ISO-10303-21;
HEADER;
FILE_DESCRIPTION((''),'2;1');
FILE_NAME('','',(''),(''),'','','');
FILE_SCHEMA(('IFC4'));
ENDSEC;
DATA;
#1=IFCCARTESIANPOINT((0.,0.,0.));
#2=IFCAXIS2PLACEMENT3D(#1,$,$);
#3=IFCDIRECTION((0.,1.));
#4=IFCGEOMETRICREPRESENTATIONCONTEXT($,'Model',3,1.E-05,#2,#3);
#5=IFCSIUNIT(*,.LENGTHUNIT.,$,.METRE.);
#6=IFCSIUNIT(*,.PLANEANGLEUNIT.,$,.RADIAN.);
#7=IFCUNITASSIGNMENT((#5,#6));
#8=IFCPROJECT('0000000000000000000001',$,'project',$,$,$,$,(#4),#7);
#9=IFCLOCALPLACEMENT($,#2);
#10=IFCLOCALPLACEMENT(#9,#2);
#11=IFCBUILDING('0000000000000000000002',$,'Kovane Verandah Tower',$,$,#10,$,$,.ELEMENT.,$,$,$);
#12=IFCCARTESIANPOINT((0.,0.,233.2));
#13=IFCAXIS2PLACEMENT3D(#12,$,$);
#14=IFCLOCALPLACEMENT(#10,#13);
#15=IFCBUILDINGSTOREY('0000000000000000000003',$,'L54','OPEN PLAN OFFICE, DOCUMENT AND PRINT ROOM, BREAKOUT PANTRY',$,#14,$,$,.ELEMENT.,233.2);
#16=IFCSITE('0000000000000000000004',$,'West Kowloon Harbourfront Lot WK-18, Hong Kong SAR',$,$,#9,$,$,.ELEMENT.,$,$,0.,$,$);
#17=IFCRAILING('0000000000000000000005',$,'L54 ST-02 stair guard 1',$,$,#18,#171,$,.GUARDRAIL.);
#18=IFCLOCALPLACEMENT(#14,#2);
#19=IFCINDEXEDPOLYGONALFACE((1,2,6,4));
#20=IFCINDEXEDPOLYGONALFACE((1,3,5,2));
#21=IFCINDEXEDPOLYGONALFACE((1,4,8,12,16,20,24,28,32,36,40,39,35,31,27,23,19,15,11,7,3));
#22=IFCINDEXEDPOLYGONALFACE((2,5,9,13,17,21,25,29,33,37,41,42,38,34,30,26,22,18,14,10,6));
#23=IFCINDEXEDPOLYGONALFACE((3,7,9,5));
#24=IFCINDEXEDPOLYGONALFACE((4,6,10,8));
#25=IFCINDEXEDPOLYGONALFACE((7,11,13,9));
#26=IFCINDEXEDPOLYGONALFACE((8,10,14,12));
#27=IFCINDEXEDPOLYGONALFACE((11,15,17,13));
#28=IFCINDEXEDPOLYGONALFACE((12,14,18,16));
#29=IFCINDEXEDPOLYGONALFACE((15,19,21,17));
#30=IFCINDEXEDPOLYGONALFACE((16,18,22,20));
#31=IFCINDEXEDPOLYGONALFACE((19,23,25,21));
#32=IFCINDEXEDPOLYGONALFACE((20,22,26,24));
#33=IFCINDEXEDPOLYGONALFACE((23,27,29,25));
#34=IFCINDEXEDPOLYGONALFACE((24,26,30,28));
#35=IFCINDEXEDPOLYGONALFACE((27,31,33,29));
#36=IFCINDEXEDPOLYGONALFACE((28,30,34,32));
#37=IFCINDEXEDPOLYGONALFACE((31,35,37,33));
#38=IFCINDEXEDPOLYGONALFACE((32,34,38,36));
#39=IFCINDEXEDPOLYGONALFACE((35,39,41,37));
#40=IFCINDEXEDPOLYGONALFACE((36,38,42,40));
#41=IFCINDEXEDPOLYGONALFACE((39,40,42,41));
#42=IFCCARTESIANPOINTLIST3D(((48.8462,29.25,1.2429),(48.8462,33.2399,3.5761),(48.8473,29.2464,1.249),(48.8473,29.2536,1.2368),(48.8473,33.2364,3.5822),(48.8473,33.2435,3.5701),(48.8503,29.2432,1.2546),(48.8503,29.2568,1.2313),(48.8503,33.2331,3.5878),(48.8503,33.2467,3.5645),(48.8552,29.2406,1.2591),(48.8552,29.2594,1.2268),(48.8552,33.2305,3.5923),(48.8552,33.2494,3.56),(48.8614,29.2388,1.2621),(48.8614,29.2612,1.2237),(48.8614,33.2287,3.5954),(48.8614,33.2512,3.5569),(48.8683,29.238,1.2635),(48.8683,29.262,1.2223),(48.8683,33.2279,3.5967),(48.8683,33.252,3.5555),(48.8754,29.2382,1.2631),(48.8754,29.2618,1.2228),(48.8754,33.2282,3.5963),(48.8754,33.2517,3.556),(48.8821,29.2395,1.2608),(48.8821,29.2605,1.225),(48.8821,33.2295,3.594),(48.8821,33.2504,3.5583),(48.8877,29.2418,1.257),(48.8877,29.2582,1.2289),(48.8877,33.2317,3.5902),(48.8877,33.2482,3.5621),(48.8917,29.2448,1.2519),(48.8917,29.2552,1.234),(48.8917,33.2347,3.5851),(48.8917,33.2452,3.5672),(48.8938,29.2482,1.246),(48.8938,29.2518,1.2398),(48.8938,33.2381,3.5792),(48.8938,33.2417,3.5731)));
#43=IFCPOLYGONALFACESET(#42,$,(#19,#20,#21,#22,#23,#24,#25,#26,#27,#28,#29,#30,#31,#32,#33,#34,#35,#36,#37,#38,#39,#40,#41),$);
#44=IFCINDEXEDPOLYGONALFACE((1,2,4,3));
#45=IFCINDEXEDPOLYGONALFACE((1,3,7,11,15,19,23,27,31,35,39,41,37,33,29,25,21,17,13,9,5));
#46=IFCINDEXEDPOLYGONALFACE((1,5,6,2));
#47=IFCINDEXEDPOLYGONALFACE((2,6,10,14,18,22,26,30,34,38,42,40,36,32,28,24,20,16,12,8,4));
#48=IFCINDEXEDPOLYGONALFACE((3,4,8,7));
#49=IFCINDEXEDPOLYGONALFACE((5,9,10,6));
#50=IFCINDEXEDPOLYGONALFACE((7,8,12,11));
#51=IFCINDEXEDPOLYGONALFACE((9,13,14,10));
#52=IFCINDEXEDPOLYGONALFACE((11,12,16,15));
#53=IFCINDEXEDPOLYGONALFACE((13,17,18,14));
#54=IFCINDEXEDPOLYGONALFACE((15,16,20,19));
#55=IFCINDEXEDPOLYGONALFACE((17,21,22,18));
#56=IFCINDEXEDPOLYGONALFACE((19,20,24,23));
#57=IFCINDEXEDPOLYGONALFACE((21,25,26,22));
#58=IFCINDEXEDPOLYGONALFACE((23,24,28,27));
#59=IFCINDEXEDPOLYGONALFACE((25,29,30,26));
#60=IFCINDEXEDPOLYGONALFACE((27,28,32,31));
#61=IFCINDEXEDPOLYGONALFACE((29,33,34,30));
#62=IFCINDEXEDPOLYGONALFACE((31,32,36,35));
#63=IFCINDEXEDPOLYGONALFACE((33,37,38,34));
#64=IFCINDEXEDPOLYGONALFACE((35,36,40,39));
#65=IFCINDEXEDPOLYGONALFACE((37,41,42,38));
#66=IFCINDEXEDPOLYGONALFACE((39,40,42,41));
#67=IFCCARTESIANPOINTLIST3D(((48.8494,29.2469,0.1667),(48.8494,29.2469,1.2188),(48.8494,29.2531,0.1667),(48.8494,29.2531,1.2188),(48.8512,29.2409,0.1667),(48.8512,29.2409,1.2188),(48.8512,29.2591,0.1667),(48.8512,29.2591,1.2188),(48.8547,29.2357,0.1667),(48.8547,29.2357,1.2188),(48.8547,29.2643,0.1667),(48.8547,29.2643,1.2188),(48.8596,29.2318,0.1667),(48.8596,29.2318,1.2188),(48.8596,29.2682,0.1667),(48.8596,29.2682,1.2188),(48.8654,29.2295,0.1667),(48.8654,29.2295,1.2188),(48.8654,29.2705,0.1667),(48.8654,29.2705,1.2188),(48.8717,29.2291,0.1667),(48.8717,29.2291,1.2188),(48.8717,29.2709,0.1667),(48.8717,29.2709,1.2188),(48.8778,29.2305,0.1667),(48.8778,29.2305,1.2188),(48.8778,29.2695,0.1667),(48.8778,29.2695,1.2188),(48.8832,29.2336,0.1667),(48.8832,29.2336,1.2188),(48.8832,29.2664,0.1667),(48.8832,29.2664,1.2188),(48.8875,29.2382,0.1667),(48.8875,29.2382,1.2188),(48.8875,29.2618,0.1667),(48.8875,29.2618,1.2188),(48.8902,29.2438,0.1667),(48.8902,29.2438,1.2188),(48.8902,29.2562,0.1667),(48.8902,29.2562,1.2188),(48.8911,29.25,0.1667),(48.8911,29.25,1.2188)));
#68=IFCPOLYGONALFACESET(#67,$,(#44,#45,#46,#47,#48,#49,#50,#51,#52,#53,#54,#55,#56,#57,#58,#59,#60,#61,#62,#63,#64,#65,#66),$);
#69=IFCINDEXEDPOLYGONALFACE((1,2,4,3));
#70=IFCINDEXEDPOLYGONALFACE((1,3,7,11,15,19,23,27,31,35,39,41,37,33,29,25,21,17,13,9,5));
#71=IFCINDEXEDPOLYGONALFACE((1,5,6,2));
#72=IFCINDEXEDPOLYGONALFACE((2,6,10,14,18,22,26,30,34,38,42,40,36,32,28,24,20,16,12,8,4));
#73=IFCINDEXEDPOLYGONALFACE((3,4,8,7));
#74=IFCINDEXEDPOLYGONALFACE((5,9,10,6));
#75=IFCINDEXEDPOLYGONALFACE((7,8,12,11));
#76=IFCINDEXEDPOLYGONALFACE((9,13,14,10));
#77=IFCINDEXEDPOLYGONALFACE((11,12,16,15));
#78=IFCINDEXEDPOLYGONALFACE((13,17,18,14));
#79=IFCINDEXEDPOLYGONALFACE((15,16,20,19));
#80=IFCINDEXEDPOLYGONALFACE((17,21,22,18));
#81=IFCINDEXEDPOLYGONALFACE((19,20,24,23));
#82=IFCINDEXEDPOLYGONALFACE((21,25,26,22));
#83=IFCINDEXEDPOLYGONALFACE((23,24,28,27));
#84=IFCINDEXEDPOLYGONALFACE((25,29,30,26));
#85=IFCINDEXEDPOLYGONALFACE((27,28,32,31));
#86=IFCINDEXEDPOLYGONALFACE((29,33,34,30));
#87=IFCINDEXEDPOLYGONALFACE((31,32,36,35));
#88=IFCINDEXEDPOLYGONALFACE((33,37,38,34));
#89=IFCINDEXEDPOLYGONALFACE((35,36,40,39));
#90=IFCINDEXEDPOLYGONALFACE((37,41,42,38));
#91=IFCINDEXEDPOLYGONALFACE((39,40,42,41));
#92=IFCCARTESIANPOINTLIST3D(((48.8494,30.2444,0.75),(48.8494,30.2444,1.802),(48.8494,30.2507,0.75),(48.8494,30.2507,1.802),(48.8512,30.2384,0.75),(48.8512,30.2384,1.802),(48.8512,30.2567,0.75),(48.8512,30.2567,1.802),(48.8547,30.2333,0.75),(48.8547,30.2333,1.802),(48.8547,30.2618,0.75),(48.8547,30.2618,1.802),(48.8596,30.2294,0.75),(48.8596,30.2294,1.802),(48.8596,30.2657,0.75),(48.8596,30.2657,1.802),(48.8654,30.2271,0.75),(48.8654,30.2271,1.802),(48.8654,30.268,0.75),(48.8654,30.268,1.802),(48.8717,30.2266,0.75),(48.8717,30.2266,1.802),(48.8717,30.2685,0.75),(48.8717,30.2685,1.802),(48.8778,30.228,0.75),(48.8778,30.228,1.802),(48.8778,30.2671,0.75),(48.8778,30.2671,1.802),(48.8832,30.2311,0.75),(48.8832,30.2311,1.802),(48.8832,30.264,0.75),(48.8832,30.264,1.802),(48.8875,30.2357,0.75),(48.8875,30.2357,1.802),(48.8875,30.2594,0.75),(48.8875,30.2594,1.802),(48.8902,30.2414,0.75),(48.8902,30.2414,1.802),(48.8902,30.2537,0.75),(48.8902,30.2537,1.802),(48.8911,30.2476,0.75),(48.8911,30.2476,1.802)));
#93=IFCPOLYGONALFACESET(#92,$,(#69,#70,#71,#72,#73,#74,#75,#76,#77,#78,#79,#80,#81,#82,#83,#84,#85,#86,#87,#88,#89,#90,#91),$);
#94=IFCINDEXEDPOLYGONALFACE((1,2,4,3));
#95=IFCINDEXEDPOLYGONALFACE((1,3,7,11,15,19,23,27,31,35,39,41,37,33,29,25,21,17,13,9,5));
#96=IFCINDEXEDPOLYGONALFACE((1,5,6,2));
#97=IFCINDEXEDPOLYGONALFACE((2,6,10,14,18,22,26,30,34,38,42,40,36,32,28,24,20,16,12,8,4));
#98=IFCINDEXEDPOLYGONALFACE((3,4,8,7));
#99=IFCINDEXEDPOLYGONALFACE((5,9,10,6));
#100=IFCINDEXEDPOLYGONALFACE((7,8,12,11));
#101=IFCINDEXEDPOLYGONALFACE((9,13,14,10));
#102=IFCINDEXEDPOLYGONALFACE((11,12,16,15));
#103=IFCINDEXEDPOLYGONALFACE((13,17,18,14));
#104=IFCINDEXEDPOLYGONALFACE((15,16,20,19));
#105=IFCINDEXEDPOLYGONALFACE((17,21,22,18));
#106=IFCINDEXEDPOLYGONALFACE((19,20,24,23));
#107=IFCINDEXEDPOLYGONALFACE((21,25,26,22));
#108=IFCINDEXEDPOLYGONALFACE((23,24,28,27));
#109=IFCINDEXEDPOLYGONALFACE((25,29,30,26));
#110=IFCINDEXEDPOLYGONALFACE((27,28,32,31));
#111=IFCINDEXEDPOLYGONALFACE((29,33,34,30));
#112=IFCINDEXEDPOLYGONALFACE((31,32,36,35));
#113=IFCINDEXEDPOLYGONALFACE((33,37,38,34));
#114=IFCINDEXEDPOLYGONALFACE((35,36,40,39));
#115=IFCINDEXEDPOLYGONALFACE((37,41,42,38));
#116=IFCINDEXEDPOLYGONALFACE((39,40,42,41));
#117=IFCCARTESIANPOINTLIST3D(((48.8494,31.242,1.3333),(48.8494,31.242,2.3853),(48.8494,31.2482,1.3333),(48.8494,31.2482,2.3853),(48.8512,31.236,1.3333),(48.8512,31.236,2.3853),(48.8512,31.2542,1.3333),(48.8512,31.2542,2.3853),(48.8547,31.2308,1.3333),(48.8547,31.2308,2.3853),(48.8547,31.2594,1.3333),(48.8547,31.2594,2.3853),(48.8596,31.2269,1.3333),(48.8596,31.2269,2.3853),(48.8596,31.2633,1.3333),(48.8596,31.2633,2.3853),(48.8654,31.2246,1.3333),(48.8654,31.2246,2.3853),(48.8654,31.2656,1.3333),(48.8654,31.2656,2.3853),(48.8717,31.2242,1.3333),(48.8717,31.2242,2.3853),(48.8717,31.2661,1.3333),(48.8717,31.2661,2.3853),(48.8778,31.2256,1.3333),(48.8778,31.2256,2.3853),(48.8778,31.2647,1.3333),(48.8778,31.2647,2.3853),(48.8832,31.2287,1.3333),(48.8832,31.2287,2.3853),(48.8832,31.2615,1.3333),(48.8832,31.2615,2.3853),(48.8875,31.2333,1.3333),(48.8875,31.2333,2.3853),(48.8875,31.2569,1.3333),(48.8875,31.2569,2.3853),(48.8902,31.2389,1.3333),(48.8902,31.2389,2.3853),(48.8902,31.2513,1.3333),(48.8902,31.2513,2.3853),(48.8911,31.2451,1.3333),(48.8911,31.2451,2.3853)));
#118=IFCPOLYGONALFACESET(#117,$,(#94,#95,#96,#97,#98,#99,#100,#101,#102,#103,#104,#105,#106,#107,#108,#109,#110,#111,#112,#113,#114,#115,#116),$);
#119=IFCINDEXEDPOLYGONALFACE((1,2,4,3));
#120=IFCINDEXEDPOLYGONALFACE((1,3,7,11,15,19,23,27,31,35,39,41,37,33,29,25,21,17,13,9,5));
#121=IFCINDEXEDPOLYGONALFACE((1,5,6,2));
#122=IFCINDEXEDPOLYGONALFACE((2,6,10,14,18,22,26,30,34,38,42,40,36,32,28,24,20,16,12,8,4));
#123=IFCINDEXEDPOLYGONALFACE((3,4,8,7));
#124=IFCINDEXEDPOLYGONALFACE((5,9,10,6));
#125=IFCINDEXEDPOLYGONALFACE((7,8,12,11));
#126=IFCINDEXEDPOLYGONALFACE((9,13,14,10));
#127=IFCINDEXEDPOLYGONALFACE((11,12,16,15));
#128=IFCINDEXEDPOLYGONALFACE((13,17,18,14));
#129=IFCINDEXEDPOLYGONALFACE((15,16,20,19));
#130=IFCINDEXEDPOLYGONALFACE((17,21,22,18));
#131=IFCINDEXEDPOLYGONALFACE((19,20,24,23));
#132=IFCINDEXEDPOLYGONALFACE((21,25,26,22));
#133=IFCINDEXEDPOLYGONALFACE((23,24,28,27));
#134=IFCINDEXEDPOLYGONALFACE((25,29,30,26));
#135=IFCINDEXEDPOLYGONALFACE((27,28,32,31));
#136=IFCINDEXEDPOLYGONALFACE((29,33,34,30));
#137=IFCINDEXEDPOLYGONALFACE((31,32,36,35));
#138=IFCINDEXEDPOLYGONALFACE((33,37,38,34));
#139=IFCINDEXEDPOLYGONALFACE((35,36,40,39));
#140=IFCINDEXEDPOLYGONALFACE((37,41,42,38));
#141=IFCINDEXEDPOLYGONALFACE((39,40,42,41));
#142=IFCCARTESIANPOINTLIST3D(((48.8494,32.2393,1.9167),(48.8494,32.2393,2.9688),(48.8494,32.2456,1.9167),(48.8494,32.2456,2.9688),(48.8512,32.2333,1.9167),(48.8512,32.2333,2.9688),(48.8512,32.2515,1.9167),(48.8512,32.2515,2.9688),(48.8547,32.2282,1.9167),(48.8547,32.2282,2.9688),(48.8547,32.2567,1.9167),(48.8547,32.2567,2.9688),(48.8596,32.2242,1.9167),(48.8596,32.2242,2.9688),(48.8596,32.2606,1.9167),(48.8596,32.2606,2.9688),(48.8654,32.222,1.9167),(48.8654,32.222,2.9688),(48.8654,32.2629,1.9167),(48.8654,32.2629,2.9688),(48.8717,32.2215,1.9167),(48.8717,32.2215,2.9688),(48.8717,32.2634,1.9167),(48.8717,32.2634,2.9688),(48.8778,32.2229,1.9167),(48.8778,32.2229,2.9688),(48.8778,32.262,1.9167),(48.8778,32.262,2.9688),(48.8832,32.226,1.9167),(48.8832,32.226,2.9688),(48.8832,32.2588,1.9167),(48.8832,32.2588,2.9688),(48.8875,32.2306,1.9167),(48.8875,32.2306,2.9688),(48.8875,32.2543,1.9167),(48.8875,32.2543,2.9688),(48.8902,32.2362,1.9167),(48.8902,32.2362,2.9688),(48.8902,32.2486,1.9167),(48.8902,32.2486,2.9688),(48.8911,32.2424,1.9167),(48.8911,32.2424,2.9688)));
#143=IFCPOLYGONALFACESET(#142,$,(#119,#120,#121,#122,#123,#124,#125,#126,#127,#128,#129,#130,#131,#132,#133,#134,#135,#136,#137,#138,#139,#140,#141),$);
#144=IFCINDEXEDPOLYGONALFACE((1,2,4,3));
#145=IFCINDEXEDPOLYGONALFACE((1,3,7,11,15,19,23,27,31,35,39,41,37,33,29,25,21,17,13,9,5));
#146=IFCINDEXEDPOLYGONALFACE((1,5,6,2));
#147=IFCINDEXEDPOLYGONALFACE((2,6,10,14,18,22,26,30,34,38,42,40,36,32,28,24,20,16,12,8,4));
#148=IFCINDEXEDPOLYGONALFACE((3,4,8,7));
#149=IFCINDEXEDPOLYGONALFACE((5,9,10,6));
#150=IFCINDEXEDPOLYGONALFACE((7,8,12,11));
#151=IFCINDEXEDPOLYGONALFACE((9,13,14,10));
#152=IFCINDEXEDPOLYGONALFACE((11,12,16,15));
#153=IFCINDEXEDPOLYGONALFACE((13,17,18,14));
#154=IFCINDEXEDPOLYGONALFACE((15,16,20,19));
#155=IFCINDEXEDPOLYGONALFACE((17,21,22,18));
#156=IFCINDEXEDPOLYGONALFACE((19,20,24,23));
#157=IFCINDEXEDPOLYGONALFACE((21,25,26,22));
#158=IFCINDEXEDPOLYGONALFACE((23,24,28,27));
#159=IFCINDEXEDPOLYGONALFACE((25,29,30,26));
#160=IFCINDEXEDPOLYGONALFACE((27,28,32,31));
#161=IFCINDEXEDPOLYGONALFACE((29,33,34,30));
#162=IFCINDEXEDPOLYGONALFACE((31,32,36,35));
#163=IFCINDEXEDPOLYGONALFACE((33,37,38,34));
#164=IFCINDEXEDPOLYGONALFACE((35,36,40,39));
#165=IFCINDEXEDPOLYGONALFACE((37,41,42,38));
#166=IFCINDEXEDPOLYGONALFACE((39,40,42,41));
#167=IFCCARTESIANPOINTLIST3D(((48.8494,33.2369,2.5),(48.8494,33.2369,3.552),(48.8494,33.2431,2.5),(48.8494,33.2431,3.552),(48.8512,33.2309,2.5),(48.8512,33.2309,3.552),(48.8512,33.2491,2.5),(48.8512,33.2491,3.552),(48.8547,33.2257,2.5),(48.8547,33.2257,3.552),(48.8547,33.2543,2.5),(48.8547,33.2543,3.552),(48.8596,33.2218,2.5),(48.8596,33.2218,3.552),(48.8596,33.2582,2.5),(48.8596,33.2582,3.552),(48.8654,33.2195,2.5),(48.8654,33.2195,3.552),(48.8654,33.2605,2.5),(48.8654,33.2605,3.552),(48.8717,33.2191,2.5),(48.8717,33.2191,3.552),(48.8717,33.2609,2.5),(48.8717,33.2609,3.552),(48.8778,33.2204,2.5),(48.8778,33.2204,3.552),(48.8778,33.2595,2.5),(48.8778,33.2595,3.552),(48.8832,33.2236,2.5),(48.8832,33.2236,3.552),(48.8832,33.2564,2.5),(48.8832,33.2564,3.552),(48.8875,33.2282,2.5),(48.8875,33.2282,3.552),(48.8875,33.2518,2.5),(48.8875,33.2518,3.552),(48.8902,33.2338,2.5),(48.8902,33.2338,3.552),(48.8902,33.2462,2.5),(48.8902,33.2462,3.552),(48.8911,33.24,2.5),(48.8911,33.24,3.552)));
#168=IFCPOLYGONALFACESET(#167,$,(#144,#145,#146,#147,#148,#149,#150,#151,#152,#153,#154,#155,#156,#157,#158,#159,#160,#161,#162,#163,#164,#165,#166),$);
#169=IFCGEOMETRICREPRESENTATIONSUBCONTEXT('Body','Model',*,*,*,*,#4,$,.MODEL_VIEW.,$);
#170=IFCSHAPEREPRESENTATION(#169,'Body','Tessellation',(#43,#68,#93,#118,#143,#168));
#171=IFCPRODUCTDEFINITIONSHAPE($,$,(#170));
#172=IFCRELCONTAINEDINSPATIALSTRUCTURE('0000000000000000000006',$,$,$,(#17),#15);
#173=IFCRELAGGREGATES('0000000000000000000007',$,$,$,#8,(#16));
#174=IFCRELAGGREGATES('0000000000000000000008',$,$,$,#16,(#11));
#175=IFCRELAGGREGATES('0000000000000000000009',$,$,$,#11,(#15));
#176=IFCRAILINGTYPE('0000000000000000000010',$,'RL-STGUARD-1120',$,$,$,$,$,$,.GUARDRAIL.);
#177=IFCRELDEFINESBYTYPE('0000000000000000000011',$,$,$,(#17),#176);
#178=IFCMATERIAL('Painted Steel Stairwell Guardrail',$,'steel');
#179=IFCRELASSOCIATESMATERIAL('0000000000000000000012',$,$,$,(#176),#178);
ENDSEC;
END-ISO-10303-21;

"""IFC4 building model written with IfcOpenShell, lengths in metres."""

from ifc_helpers import new_model, si_unit, direction, frame, origin, origin_2d, place, context, subcontext, project, spatial, circle, extrude, material, type_object, element, save


model = new_model("IFC4")

# Units and contexts
model_context = context("Model", 3, precision=1e-05, world=origin(), true_north=direction((0.0, 1.0)))
body_context = subcontext(model_context, "Body", "Model", "MODEL_VIEW")
ifc_project = project(units=[si_unit("LENGTHUNIT", "METRE"), si_unit("PLANEANGLEUNIT", "RADIAN")], contexts=[model_context])

# Site, building, storey
site_placement = place(None, origin())
site = spatial("IfcSite", under=ifc_project, at=site_placement, Name="West Kowloon Harbourfront Lot WK-18, Hong Kong SAR", CompositionType="ELEMENT", RefElevation=0.0)
building_placement = place(site_placement, origin())
building = spatial("IfcBuilding", under=site, at=building_placement, Name="Kovane Verandah Tower", CompositionType="ELEMENT")
storey_placement = place(building_placement, frame((0.0, 0.0, 233.2)))
storey = spatial("IfcBuildingStorey", under=building, at=storey_placement, Name="L54", Description="OPEN PLAN OFFICE, DOCUMENT AND PRINT ROOM, BREAKOUT PANTRY", CompositionType="ELEMENT", Elevation=233.2)

# Railing
ifc_material_1 = material(Name="Painted Steel Stairwell Guardrail", Category="steel")
railing_type_1 = type_object("IfcRailingType", Name="RL-STGUARD-1120", PredefinedType="GUARDRAIL", material=ifc_material_1)
railing_1_placement = place(storey_placement, frame((48.8701, 29.25, 0.1667)))
element("IfcRailing", 1, at=railing_1_placement, inside=storey, type_object=railing_type_1, Name="L54 ST-02 stair guard 1", PredefinedType="GUARDRAIL", context=body_context, shape_type="SweptSolid", body=[
    extrude(circle(Radius=0.0239, at=origin_2d()), frame((0.0, 0.0, 1.0762), z_axis=(0.0, 0.863236, 0.5048), x_axis=(-1.0, 0.0, 0.0)), (0.0, 0.0, 1.0), 4.6221),
    extrude(circle(Radius=0.021, at=origin_2d()), origin(), (0.0, 0.0, 1.0), 1.052),
    extrude(circle(Radius=0.021, at=origin_2d()), frame((0.0, 0.9976, 0.5833)), (0.0, 0.0, 1.0), 1.052),
    extrude(circle(Radius=0.021, at=origin_2d()), frame((0.0, 1.9951, 1.1665)), (0.0, 0.0, 1.0), 1.052),
    extrude(circle(Radius=0.021, at=origin_2d()), frame((0.0, 2.9924, 1.75)), (0.0, 0.0, 1.0), 1.052),
    extrude(circle(Radius=0.021, at=origin_2d()), frame((0.0, 3.99, 2.3333)), (0.0, 0.0, 1.0), 1.052),
])

save(model, "model.ifc")
